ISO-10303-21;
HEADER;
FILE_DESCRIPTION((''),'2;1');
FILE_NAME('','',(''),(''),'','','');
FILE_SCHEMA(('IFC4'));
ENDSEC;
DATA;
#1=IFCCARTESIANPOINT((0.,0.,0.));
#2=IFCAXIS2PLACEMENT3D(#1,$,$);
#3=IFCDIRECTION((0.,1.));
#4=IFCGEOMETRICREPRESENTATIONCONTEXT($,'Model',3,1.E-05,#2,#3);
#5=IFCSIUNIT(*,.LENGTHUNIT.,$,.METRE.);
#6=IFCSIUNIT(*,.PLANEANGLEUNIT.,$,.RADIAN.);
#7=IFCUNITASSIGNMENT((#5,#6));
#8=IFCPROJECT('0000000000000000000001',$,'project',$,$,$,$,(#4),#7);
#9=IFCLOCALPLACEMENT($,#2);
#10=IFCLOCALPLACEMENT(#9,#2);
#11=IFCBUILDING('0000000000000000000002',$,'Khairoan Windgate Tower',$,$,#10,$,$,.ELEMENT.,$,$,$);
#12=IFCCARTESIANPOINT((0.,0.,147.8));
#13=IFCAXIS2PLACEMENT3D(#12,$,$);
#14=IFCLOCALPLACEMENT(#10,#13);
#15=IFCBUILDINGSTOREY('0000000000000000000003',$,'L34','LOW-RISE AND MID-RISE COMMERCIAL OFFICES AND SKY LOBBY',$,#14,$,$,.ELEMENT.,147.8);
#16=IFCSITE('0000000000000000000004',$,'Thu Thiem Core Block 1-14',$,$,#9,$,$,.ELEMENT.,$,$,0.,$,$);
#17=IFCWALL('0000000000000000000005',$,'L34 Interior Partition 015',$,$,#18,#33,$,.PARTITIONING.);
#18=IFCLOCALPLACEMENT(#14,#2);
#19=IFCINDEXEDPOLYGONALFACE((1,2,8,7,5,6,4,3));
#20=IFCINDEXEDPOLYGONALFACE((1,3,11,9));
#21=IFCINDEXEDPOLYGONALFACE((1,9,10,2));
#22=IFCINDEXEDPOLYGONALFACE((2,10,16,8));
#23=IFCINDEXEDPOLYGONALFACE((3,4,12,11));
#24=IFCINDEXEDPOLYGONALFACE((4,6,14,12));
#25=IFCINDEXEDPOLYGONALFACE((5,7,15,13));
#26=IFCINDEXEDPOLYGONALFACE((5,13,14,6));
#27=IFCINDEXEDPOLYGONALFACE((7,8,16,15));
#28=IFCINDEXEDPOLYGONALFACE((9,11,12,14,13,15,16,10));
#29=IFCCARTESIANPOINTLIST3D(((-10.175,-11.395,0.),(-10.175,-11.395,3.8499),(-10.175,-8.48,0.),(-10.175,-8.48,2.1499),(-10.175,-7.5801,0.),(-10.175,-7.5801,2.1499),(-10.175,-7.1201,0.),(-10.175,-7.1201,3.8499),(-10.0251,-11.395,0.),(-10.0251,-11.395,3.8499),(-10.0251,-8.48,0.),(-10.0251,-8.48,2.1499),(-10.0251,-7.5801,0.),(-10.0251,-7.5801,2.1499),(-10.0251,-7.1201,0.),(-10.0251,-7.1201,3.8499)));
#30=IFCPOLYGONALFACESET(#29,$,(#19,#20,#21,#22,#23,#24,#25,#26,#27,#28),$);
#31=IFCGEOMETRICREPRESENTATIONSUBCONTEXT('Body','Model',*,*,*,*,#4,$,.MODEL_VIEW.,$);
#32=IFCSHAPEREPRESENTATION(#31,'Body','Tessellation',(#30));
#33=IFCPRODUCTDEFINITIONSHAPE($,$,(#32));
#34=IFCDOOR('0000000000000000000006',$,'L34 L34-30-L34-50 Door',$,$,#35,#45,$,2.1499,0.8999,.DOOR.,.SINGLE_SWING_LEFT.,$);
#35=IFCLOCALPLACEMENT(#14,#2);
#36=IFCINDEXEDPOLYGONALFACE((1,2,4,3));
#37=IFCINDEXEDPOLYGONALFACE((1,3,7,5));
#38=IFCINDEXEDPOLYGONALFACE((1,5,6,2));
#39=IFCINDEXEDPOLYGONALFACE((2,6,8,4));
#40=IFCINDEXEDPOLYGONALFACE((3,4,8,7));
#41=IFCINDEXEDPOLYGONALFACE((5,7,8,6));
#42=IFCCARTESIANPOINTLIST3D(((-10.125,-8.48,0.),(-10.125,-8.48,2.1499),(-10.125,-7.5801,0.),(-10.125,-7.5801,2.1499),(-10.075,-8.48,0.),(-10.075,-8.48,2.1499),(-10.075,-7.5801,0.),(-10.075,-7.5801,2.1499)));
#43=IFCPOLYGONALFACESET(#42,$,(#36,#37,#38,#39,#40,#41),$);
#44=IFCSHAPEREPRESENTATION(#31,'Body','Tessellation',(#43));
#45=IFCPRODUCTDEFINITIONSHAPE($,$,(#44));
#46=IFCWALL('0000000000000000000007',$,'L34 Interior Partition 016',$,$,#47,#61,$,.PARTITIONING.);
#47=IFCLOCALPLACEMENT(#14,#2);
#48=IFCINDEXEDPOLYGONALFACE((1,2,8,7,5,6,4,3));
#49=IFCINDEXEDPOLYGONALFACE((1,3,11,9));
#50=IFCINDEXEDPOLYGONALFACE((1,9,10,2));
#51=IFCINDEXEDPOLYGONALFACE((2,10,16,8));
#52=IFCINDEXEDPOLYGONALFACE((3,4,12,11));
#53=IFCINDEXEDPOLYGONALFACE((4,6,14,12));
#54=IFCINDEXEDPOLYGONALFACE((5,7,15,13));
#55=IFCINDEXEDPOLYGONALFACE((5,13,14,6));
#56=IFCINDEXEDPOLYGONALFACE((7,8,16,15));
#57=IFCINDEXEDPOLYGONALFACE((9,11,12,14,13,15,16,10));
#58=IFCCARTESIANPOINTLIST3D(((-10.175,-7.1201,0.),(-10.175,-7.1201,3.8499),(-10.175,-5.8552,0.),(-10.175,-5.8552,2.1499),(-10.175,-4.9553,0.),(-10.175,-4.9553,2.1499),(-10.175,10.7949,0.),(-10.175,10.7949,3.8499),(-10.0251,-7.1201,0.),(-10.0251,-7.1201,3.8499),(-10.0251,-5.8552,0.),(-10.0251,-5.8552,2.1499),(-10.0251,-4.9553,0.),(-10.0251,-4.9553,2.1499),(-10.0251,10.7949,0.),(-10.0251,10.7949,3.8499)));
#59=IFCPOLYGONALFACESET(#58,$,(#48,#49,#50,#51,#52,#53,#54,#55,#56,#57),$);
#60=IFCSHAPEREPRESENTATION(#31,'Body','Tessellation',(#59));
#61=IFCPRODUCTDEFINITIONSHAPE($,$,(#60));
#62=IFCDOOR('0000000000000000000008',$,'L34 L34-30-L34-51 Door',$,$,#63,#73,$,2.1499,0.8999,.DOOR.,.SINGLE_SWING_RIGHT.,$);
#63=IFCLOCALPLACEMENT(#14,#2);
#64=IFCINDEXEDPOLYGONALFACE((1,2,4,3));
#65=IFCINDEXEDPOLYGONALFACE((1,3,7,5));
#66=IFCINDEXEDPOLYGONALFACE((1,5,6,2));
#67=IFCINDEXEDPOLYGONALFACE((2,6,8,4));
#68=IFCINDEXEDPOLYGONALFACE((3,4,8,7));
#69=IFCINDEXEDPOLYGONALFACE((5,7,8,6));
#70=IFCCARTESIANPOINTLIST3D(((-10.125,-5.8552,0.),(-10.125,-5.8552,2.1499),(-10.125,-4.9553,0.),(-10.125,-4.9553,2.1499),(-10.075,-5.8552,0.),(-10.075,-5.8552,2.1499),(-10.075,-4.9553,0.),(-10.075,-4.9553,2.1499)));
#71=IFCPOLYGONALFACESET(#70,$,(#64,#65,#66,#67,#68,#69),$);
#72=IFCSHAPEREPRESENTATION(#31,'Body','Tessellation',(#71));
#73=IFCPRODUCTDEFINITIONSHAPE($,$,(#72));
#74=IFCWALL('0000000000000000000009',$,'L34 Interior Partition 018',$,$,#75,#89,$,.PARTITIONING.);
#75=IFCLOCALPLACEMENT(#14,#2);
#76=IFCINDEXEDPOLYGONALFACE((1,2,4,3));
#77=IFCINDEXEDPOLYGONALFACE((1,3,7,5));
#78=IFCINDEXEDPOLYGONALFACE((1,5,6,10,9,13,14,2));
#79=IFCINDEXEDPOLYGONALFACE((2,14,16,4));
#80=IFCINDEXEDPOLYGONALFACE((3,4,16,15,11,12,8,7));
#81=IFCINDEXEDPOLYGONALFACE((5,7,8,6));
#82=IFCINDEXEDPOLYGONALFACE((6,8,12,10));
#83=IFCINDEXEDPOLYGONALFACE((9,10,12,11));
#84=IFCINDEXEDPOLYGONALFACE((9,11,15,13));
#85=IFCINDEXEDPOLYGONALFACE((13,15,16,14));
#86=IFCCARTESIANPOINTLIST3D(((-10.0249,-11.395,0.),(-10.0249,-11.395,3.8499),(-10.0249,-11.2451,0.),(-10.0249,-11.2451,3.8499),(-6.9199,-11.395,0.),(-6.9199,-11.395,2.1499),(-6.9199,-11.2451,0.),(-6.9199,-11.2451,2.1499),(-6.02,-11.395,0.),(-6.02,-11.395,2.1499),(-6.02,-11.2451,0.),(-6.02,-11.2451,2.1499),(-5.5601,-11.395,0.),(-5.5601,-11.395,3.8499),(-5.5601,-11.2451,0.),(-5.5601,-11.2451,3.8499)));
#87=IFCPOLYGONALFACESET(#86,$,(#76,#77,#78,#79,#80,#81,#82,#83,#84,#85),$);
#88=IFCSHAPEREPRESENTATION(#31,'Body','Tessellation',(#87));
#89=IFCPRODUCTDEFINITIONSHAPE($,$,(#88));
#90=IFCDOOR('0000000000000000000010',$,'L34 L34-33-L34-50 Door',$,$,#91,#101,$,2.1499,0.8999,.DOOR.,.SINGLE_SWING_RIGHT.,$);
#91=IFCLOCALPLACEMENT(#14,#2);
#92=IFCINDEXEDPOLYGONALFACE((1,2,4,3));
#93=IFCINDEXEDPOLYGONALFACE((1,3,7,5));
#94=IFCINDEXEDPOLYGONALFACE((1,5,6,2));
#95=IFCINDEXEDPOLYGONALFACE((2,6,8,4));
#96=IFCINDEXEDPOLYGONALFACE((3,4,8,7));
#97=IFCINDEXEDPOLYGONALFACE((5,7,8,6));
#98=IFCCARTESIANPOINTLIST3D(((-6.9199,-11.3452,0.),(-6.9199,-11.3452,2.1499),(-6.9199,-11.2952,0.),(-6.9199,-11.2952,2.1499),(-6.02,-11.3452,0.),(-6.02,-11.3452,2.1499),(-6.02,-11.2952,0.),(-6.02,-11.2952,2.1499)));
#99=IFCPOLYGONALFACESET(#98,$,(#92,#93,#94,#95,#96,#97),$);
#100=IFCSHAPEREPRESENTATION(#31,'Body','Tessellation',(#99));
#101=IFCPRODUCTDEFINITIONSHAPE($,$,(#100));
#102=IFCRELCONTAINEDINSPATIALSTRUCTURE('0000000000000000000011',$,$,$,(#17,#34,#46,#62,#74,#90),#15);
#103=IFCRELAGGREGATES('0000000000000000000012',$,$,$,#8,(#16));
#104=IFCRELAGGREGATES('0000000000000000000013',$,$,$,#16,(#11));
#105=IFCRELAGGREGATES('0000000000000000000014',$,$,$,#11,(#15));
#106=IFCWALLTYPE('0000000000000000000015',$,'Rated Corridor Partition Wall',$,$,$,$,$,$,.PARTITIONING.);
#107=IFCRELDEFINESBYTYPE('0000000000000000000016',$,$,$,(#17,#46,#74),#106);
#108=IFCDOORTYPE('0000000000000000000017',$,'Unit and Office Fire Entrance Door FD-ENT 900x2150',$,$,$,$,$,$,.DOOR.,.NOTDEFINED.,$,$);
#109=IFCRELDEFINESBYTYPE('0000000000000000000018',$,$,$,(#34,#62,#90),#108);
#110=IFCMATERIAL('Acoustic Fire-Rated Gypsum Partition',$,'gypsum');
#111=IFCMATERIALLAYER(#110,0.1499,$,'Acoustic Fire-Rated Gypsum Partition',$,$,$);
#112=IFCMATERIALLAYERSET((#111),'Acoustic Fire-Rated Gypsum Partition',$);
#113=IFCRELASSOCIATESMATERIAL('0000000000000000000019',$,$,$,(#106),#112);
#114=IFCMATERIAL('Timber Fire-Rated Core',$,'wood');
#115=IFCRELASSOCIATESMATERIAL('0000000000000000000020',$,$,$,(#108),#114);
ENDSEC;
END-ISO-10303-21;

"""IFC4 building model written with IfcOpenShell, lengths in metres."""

from ifc_helpers import new_model, si_unit, direction, frame, frame_2d, origin, place, context, subcontext, project, spatial, rectangle, extrude, material, layer, layer_set, type_object, element, fill, save


model = new_model("IFC4")

# Units and contexts
model_context = context("Model", 3, precision=1e-05, world=origin(), true_north=direction((0.0, 1.0)))
body_context = subcontext(model_context, "Body", "Model", "MODEL_VIEW")
ifc_project = project(units=[si_unit("LENGTHUNIT", "METRE"), si_unit("PLANEANGLEUNIT", "RADIAN")], contexts=[model_context])

# Site, building, storey
site_placement = place(None, origin())
site = spatial("IfcSite", under=ifc_project, at=site_placement, Name="Thu Thiem Core Block 1-14", CompositionType="ELEMENT", RefElevation=0.0)
building_placement = place(site_placement, origin())
building = spatial("IfcBuilding", under=site, at=building_placement, Name="Khairoan Windgate Tower", CompositionType="ELEMENT")
storey_placement = place(building_placement, frame((0.0, 0.0, 147.8)))
storey = spatial("IfcBuildingStorey", under=building, at=storey_placement, Name="L34", Description="LOW-RISE AND MID-RISE COMMERCIAL OFFICES AND SKY LOBBY", CompositionType="ELEMENT", Elevation=147.8)

# Walls, openings, doors
ifc_material_1 = material(Name="Acoustic Fire-Rated Gypsum Partition", Category="gypsum")
ifc_layer_1 = layer(ifc_material_1, 0.1499, Name="Acoustic Fire-Rated Gypsum Partition")
ifc_layer_set_1 = layer_set([ifc_layer_1], Name="Acoustic Fire-Rated Gypsum Partition")
wall_type_1 = type_object("IfcWallType", Name="Rated Corridor Partition Wall", PredefinedType="PARTITIONING", material=ifc_layer_set_1)
wall_1_placement = place(storey_placement, frame((-10.1001, -11.395, 0.0), z_axis=(0.0, 0.0, 1.0), x_axis=(0.0, 1.0, 0.0)))
wall_1 = element("IfcWall", 1, at=wall_1_placement, inside=storey, type_object=wall_type_1, Name="L34 Interior Partition 015", PredefinedType="PARTITIONING", context=body_context, shape_type="SweptSolid", body=[
    extrude(rectangle(XDim=4.2749, YDim=0.1499, at=frame_2d((2.1375, 0.0))), origin(), (0.0, 0.0, 1.0), 3.8499),
])
opening_1_placement = place(wall_1_placement, frame((2.915, 0.0, 0.0)))
opening_1 = element("IfcOpeningElement", 2, at=opening_1_placement, cuts=wall_1, PredefinedType="OPENING", context=body_context, shape_type="SweptSolid", body=[
    extrude(rectangle(XDim=0.8999, YDim=2.1499, at=frame_2d((0.45, 1.075))), frame((0.0, 0.085, 0.0), z_axis=(0.0, -1.0, 0.0), x_axis=(1.0, 0.0, 0.0)), (0.0, 0.0, 1.0), 0.1699),
])
ifc_material_2 = material(Name="Timber Fire-Rated Core", Category="wood")
door_type = type_object("IfcDoorType", Name="Unit and Office Fire Entrance Door FD-ENT 900x2150", OperationType="NOTDEFINED", PredefinedType="DOOR", material=ifc_material_2)
door_1_placement = place(opening_1_placement, origin())
door_1 = element("IfcDoor", 3, at=door_1_placement, inside=storey, type_object=door_type, Name="L34 L34-30-L34-50 Door", OperationType="SINGLE_SWING_LEFT", OverallHeight=2.1499, OverallWidth=0.8999, PredefinedType="DOOR", context=body_context, shape_type="SweptSolid", body=[
    extrude(rectangle(XDim=0.8999, YDim=2.1499, at=frame_2d((0.45, 1.075))), frame((0.0, 0.0249, 0.0), z_axis=(0.0, -1.0, 0.0), x_axis=(1.0, 0.0, 0.0)), (0.0, 0.0, 1.0), 0.05),
])
fill(opening_1, door_1)
wall_2_placement = place(storey_placement, frame((-10.1001, -7.1201, 0.0), z_axis=(0.0, 0.0, 1.0), x_axis=(0.0, 1.0, 0.0)))
wall_2 = element("IfcWall", 4, at=wall_2_placement, inside=storey, type_object=wall_type_1, Name="L34 Interior Partition 016", PredefinedType="PARTITIONING", context=body_context, shape_type="SweptSolid", body=[
    extrude(rectangle(XDim=17.915, YDim=0.1499, at=frame_2d((8.9575, 0.0))), origin(), (0.0, 0.0, 1.0), 3.8499),
])
opening_2_placement = place(wall_2_placement, frame((1.2649, 0.0, 0.0)))
opening_2 = element("IfcOpeningElement", 5, at=opening_2_placement, cuts=wall_2, PredefinedType="OPENING", context=body_context, shape_type="SweptSolid", body=[
    extrude(rectangle(XDim=0.8999, YDim=2.1499, at=frame_2d((0.45, 1.075))), frame((0.0, 0.085, 0.0), z_axis=(0.0, -1.0, 0.0), x_axis=(1.0, 0.0, 0.0)), (0.0, 0.0, 1.0), 0.1699),
])
door_2_placement = place(opening_2_placement, origin())
door_2 = element("IfcDoor", 6, at=door_2_placement, inside=storey, type_object=door_type, Name="L34 L34-30-L34-51 Door", OperationType="SINGLE_SWING_RIGHT", OverallHeight=2.1499, OverallWidth=0.8999, PredefinedType="DOOR", context=body_context, shape_type="SweptSolid", body=[
    extrude(rectangle(XDim=0.8999, YDim=2.1499, at=frame_2d((0.45, 1.075))), frame((0.0, 0.0249, 0.0), z_axis=(0.0, -1.0, 0.0), x_axis=(1.0, 0.0, 0.0)), (0.0, 0.0, 1.0), 0.05),
])
fill(opening_2, door_2)
wall_3_placement = place(storey_placement, frame((-10.0249, -11.3201, 0.0), z_axis=(0.0, 0.0, 1.0), x_axis=(1.0, 0.0, 0.0)))
wall_3 = element("IfcWall", 7, at=wall_3_placement, inside=storey, type_object=wall_type_1, Name="L34 Interior Partition 018", PredefinedType="PARTITIONING", context=body_context, shape_type="SweptSolid", body=[
    extrude(rectangle(XDim=4.4648, YDim=0.1499, at=frame_2d((2.2324, 0.0))), origin(), (0.0, 0.0, 1.0), 3.8499),
])
opening_3_placement = place(wall_3_placement, frame((3.105, 0.0, 0.0)))
opening_3 = element("IfcOpeningElement", 8, at=opening_3_placement, cuts=wall_3, PredefinedType="OPENING", context=body_context, shape_type="SweptSolid", body=[
    extrude(rectangle(XDim=0.8999, YDim=2.1499, at=frame_2d((0.45, 1.075))), frame((0.0, 0.085, 0.0), z_axis=(0.0, -1.0, 0.0), x_axis=(1.0, 0.0, 0.0)), (0.0, 0.0, 1.0), 0.1699),
])
door_3_placement = place(opening_3_placement, origin())
door_3 = element("IfcDoor", 9, at=door_3_placement, inside=storey, type_object=door_type, Name="L34 L34-33-L34-50 Door", OperationType="SINGLE_SWING_RIGHT", OverallHeight=2.1499, OverallWidth=0.8999, PredefinedType="DOOR", context=body_context, shape_type="SweptSolid", body=[
    extrude(rectangle(XDim=0.8999, YDim=2.1499, at=frame_2d((0.45, 1.075))), frame((0.0, 0.0249, 0.0), z_axis=(0.0, -1.0, 0.0), x_axis=(1.0, 0.0, 0.0)), (0.0, 0.0, 1.0), 0.05),
])
fill(opening_3, door_3)

save(model, "model.ifc")
